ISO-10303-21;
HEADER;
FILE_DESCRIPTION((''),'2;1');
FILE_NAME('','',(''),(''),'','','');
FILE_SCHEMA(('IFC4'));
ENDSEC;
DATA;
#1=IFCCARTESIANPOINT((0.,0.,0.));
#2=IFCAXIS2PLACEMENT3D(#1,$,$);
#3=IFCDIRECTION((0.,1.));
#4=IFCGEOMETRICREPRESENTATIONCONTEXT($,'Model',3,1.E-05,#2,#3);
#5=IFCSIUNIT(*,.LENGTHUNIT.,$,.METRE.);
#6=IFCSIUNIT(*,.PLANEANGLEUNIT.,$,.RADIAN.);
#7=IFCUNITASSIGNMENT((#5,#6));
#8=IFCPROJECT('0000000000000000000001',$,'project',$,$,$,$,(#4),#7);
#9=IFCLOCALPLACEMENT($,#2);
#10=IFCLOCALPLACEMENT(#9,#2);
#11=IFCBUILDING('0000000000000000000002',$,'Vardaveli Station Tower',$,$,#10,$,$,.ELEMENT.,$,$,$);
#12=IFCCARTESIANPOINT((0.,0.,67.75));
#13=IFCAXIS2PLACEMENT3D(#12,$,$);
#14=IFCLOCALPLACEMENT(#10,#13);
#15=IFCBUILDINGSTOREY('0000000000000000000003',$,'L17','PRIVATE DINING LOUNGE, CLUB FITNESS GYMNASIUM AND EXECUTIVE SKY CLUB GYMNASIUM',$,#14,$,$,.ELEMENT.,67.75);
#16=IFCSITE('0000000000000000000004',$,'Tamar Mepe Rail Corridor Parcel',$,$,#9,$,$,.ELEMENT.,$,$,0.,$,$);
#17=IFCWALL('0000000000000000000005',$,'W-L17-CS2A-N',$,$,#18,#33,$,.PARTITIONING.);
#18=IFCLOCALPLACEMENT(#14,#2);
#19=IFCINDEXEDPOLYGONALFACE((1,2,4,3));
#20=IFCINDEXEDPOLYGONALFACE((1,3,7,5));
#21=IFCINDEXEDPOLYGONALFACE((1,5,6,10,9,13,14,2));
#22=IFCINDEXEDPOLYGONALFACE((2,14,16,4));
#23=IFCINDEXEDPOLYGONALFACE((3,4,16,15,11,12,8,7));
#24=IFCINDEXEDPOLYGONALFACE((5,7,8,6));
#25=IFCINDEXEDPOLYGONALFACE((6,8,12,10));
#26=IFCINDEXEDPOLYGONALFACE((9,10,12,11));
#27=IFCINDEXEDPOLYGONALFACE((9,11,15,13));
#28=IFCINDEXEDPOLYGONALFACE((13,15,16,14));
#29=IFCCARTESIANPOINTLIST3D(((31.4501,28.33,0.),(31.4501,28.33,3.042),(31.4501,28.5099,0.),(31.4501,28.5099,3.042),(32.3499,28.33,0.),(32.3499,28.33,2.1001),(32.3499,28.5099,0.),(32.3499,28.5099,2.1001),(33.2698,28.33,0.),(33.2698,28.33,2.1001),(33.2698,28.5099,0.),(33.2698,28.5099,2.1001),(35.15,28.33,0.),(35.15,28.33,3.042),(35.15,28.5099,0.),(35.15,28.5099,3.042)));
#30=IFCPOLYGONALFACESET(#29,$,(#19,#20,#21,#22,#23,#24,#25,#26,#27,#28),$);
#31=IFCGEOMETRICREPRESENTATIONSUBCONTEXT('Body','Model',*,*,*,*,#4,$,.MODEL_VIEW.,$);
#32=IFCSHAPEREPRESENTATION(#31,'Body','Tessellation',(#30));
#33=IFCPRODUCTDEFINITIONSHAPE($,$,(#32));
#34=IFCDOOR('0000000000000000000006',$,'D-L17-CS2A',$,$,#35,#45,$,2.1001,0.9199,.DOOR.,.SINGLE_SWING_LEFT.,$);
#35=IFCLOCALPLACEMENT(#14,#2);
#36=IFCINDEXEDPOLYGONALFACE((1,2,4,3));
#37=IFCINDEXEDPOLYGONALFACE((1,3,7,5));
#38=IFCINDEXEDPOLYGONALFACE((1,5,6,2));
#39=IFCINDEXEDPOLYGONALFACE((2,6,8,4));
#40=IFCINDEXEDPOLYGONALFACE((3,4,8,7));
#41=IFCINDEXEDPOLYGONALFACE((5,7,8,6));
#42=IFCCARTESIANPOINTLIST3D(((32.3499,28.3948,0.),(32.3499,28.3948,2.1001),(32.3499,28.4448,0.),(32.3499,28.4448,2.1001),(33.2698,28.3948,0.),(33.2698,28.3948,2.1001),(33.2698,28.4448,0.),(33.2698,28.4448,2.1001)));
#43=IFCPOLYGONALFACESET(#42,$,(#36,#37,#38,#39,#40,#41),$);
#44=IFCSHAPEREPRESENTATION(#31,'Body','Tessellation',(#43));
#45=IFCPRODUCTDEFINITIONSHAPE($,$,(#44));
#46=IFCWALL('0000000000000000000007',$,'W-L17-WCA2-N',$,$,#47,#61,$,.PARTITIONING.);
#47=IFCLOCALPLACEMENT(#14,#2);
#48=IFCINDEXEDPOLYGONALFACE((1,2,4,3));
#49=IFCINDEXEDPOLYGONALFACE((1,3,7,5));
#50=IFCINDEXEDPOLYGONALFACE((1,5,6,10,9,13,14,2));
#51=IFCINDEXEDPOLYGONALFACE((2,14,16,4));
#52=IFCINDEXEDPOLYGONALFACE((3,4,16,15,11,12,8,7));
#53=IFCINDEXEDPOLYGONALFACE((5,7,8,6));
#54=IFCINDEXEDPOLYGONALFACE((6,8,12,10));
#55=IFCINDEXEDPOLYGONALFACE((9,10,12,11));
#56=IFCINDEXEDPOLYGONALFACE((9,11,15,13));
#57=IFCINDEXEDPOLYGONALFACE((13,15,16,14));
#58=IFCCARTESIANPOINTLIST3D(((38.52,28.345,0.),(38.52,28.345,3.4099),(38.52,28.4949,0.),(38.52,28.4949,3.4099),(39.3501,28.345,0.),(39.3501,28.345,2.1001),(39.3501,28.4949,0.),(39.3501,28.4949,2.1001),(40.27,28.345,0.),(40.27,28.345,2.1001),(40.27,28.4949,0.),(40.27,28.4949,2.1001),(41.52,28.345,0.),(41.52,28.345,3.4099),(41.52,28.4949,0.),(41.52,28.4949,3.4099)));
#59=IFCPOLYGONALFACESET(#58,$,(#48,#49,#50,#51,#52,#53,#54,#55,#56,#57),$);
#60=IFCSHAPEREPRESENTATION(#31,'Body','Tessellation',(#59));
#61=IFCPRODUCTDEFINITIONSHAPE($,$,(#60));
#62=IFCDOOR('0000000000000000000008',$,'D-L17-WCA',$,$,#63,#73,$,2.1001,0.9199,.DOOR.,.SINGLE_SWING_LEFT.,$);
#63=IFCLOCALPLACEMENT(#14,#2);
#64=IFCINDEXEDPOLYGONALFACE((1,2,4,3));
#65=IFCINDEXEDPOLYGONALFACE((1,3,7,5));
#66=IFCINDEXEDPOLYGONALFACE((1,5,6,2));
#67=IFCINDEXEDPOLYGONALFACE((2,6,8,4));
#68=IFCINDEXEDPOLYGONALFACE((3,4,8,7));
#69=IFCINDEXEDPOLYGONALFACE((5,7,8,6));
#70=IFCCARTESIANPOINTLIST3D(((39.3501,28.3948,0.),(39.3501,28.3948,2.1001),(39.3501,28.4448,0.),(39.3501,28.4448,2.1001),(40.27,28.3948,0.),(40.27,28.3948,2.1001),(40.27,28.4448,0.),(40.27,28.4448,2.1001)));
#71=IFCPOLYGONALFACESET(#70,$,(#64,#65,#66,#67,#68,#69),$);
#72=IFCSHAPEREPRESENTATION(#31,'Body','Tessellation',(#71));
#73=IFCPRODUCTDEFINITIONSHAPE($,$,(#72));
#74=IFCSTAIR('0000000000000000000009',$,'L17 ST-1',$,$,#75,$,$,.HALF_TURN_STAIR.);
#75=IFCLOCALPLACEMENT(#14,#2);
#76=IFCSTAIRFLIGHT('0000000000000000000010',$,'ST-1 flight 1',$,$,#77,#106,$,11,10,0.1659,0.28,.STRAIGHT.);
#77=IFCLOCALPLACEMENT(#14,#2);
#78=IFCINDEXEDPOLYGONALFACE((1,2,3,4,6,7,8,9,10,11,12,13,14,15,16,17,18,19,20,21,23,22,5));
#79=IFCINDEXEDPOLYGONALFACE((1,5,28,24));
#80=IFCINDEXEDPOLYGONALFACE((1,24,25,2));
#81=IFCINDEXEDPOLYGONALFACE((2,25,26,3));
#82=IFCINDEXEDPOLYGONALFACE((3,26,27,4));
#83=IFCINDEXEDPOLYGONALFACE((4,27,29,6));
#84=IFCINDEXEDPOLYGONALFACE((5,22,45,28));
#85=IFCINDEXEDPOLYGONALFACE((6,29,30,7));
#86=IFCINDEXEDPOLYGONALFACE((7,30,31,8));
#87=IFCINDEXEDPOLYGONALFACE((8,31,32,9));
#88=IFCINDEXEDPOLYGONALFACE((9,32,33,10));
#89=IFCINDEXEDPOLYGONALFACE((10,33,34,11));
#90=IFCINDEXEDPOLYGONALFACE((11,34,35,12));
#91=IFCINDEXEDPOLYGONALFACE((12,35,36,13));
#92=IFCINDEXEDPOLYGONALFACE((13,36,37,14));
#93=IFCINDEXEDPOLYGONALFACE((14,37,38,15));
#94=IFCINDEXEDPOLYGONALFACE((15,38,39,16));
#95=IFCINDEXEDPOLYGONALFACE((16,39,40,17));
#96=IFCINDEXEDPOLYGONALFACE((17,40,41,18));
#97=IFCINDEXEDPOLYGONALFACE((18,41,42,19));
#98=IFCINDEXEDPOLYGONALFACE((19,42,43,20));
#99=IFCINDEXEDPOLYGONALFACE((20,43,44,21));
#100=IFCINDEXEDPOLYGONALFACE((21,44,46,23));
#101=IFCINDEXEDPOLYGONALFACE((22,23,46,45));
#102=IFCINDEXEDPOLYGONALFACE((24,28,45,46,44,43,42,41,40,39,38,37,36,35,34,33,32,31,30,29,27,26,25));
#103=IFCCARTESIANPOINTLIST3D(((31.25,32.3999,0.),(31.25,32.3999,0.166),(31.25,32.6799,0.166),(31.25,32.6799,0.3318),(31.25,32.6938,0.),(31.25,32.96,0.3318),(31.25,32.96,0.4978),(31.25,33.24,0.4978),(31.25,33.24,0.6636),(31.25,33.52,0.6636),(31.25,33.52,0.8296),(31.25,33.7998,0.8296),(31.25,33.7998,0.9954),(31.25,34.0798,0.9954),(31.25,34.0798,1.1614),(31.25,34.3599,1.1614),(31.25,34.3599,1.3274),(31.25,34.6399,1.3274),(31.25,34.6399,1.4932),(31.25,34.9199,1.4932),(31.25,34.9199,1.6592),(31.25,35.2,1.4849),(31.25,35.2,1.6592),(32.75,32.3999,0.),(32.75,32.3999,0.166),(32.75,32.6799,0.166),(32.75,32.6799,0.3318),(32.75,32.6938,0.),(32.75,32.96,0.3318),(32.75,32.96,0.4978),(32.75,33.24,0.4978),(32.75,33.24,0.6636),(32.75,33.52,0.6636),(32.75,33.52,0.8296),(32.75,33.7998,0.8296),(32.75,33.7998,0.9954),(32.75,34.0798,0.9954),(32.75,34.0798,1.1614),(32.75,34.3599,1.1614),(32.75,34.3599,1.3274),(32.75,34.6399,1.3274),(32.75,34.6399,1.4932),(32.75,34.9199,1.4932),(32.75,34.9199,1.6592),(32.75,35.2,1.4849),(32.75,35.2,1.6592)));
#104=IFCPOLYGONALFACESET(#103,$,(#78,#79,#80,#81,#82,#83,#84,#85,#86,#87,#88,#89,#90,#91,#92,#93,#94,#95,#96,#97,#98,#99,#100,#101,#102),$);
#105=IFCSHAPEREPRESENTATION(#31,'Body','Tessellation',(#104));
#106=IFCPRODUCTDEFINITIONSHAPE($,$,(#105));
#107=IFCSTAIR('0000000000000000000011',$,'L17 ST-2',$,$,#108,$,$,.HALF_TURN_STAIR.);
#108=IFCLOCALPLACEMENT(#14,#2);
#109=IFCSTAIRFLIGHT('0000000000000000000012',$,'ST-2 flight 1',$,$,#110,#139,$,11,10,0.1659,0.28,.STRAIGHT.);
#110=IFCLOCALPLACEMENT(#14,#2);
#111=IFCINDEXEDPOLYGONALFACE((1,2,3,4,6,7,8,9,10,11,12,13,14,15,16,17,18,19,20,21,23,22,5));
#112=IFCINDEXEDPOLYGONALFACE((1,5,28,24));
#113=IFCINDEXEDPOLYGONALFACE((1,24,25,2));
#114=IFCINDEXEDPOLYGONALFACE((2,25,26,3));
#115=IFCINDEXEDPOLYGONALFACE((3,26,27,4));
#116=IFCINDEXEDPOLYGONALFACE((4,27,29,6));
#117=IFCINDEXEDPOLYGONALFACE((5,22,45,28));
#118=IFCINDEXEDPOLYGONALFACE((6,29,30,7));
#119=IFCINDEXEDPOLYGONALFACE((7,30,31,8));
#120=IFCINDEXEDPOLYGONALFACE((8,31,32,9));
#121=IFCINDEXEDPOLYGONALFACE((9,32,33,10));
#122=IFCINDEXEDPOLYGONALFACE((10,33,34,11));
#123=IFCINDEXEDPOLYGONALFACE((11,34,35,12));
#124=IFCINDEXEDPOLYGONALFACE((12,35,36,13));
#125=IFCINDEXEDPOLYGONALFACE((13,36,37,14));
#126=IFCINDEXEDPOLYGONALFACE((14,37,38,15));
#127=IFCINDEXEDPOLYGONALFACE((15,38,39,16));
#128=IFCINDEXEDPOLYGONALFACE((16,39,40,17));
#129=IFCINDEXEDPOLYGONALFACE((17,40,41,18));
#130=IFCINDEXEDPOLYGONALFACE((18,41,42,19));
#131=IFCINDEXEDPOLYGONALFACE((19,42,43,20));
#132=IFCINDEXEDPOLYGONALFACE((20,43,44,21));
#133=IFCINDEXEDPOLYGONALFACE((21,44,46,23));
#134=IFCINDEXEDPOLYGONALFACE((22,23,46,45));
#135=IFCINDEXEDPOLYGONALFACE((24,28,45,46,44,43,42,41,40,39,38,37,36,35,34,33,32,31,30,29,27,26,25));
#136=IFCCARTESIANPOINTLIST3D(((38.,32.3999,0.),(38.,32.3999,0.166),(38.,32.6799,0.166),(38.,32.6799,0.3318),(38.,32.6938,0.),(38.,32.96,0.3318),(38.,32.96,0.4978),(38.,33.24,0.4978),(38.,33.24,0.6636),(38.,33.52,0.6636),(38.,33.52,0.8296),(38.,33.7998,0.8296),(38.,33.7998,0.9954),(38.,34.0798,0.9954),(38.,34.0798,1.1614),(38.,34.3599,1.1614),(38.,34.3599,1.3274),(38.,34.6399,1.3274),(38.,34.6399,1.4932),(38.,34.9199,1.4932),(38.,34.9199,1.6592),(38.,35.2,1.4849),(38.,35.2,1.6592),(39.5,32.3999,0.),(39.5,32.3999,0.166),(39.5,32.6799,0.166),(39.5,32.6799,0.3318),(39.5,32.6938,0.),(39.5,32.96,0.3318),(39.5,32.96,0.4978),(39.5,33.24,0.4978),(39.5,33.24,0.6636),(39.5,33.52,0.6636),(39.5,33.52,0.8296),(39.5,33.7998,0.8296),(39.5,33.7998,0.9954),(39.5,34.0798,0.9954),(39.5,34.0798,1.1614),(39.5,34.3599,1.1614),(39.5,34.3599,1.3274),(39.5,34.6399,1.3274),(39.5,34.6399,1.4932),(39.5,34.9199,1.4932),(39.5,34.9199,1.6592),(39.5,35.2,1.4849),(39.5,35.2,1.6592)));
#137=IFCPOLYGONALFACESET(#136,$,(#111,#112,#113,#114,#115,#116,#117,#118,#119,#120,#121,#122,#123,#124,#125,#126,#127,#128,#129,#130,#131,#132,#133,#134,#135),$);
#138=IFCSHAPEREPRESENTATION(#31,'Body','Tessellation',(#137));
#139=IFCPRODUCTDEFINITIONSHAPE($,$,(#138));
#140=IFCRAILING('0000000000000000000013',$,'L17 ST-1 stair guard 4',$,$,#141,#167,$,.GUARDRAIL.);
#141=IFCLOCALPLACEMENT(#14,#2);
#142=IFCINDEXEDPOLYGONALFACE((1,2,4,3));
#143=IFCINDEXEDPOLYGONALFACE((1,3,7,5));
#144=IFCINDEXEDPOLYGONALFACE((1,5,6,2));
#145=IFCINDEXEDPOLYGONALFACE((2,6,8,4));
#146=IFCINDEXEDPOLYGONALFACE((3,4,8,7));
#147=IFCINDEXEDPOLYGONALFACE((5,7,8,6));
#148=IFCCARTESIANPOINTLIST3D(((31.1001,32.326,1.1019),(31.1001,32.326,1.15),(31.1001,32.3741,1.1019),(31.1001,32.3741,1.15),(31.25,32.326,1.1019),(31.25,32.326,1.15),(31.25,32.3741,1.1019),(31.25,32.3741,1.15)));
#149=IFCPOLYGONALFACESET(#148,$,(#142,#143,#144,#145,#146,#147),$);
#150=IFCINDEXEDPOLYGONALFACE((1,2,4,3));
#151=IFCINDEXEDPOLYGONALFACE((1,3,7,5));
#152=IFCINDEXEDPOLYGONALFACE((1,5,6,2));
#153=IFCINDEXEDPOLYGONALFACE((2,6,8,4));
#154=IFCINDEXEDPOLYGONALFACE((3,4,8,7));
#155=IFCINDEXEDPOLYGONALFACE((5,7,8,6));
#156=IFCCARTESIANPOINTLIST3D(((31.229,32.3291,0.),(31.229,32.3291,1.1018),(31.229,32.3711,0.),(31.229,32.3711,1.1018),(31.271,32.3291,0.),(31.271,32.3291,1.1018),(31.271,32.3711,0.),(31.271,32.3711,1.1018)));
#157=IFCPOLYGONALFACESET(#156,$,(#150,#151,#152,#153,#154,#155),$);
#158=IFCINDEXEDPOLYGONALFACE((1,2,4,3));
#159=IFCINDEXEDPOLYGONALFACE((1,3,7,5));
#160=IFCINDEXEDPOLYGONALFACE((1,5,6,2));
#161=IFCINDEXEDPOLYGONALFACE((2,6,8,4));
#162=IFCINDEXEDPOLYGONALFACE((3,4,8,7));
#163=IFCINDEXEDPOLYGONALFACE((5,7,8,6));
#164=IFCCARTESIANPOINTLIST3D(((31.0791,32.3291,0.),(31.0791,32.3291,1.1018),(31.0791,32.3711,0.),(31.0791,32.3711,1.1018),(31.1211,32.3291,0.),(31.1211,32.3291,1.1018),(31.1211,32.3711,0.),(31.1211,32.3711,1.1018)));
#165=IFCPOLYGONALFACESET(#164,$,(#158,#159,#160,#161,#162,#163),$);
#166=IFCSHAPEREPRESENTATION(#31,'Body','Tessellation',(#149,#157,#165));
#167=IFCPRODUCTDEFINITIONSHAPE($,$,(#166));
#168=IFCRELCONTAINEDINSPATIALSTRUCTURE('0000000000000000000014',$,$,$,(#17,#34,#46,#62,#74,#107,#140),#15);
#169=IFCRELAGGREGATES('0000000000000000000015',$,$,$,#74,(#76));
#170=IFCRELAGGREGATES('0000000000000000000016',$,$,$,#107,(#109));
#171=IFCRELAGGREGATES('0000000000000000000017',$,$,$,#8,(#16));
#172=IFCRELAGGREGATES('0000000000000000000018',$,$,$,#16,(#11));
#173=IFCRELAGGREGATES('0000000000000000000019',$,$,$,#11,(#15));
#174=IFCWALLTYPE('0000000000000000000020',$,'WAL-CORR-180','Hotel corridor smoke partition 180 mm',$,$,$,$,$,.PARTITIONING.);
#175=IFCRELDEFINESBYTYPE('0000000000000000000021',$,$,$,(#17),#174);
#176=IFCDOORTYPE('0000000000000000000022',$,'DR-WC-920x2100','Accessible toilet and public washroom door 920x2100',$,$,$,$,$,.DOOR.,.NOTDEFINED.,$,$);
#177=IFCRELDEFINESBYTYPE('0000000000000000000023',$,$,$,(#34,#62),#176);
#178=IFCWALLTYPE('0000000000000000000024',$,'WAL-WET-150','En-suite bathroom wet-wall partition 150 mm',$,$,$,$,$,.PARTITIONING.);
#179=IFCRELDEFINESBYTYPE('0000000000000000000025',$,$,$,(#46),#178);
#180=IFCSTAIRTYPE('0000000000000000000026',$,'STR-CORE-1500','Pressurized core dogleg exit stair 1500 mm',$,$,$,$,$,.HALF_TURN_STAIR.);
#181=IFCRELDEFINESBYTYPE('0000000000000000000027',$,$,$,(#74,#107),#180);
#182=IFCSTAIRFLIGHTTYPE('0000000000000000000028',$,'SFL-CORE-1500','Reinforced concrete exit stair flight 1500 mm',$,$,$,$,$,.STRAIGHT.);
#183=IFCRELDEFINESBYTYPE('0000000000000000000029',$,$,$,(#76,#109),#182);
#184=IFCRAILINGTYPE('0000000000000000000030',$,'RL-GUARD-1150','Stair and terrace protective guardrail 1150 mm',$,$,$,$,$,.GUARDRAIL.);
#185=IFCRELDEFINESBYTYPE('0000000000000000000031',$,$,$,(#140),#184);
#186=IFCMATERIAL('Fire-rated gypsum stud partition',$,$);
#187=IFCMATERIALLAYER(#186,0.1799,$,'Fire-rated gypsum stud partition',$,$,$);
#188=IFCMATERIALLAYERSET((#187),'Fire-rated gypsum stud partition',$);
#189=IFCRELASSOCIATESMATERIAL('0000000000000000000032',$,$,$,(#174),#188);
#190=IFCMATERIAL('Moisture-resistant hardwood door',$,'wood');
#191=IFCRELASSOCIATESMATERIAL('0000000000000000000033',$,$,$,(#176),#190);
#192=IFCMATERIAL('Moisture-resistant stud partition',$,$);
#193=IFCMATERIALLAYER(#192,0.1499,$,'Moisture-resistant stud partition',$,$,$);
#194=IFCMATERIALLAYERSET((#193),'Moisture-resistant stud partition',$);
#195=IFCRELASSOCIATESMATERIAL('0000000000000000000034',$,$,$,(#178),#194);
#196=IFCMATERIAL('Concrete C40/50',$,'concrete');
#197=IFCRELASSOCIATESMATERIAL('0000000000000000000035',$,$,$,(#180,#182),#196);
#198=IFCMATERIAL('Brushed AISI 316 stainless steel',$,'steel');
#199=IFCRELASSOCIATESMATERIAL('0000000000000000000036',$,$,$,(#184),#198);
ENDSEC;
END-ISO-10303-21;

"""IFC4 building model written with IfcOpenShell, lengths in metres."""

from ifc_helpers import new_model, si_unit, direction, frame, frame_2d, origin, origin_2d, place, context, subcontext, project, spatial, polyline, rectangle, outline, extrude, source, transform, mapped, material, layer, layer_set, type_object, element, fill, aggregate, save


model = new_model("IFC4")

# Units and contexts
model_context = context("Model", 3, precision=1e-05, world=origin(), true_north=direction((0.0, 1.0)))
body_context = subcontext(model_context, "Body", "Model", "MODEL_VIEW")
ifc_project = project(units=[si_unit("LENGTHUNIT", "METRE"), si_unit("PLANEANGLEUNIT", "RADIAN")], contexts=[model_context])

# Site, building, storey
site_placement = place(None, origin())
site = spatial("IfcSite", under=ifc_project, at=site_placement, Name="Tamar Mepe Rail Corridor Parcel", CompositionType="ELEMENT", RefElevation=0.0)
building_placement = place(site_placement, origin())
building = spatial("IfcBuilding", under=site, at=building_placement, Name="Vardaveli Station Tower", CompositionType="ELEMENT")
storey_placement = place(building_placement, frame((0.0, 0.0, 67.75)))
storey = spatial("IfcBuildingStorey", under=building, at=storey_placement, Name="L17", Description="PRIVATE DINING LOUNGE, CLUB FITNESS GYMNASIUM AND EXECUTIVE SKY CLUB GYMNASIUM", CompositionType="ELEMENT", Elevation=67.75)

# Shared definitions
ifc_material_1 = material(Name="Concrete C40/50", Category="concrete")

# Walls, openings, doors
ifc_material_2 = material(Name="Fire-rated gypsum stud partition")
ifc_layer_1 = layer(ifc_material_2, 0.1799, Name="Fire-rated gypsum stud partition")
ifc_layer_set_1 = layer_set([ifc_layer_1], Name="Fire-rated gypsum stud partition")
wall_type_1 = type_object("IfcWallType", Name="WAL-CORR-180", Description="Hotel corridor smoke partition 180 mm", PredefinedType="PARTITIONING", material=ifc_layer_set_1)
shared_shape_1 = source(origin(), body_context, "Body", "SweptSolid", [
    extrude(rectangle(XDim=3.7, YDim=0.1799, at=frame_2d((1.8501, 0.0))), origin(), (0.0, 0.0, 1.0), 3.042),
])
wall_1_placement = place(storey_placement, frame((31.45, 28.4199, 0.0), z_axis=(0.0, 0.0, 1.0), x_axis=(1.0, 0.0, 0.0)))
wall_1 = element("IfcWall", 1, at=wall_1_placement, inside=storey, type_object=wall_type_1, Name="W-L17-CS2A-N", PredefinedType="PARTITIONING", context=body_context, shape_type="MappedRepresentation", body=[
    mapped(shared_shape_1, transform((0.0, 0.0, 0.0), scale=1.0)),
])
shared_shape_2 = source(origin(), body_context, "Body", "SweptSolid", [
    extrude(rectangle(XDim=0.9199, YDim=2.1001, at=frame_2d((0.46, 1.05))), frame((0.0, 0.1001, 0.0), z_axis=(0.0, -1.0, 0.0), x_axis=(1.0, 0.0, 0.0)), (0.0, 0.0, 1.0), 0.2),
])
opening_1_placement = place(wall_1_placement, frame((0.8999, 0.0, 0.0)))
opening_1 = element("IfcOpeningElement", 2, at=opening_1_placement, cuts=wall_1, PredefinedType="OPENING", context=body_context, shape_type="MappedRepresentation", body=[
    mapped(shared_shape_2, transform((0.0, 0.0, 0.0), scale=1.0)),
])
ifc_material_3 = material(Name="Moisture-resistant hardwood door", Category="wood")
door_type_1 = type_object("IfcDoorType", Name="DR-WC-920x2100", Description="Accessible toilet and public washroom door 920x2100", OperationType="NOTDEFINED", PredefinedType="DOOR", material=ifc_material_3)
shared_shape_3 = source(origin(), body_context, "Body", "SweptSolid", [
    extrude(rectangle(XDim=0.9199, YDim=2.1001, at=frame_2d((0.46, 1.05))), frame((0.0, 0.0249, 0.0), z_axis=(0.0, -1.0, 0.0), x_axis=(1.0, 0.0, 0.0)), (0.0, 0.0, 1.0), 0.05),
])
door_1_placement = place(opening_1_placement, origin())
door_1 = element("IfcDoor", 3, at=door_1_placement, inside=storey, type_object=door_type_1, Name="D-L17-CS2A", OperationType="SINGLE_SWING_LEFT", OverallHeight=2.1001, OverallWidth=0.9199, PredefinedType="DOOR", context=body_context, shape_type="MappedRepresentation", body=[
    mapped(shared_shape_3, transform((0.0, 0.0, 0.0), scale=1.0)),
])
fill(opening_1, door_1)
ifc_material_4 = material(Name="Moisture-resistant stud partition")
ifc_layer_2 = layer(ifc_material_4, 0.1499, Name="Moisture-resistant stud partition")
ifc_layer_set_2 = layer_set([ifc_layer_2], Name="Moisture-resistant stud partition")
wall_type_2 = type_object("IfcWallType", Name="WAL-WET-150", Description="En-suite bathroom wet-wall partition 150 mm", PredefinedType="PARTITIONING", material=ifc_layer_set_2)
shared_shape_4 = source(origin(), body_context, "Body", "SweptSolid", [
    extrude(rectangle(XDim=3.0, YDim=0.1499, at=frame_2d((1.5, 0.0))), origin(), (0.0, 0.0, 1.0), 3.4099),
])
wall_2_placement = place(storey_placement, frame((38.52, 28.4199, 0.0), z_axis=(0.0, 0.0, 1.0), x_axis=(1.0, 0.0, 0.0)))
wall_2 = element("IfcWall", 4, at=wall_2_placement, inside=storey, type_object=wall_type_2, Name="W-L17-WCA2-N", PredefinedType="PARTITIONING", context=body_context, shape_type="MappedRepresentation", body=[
    mapped(shared_shape_4, transform((0.0, 0.0, 0.0), scale=1.0)),
])
shared_shape_5 = source(origin(), body_context, "Body", "SweptSolid", [
    extrude(rectangle(XDim=0.9199, YDim=2.1001, at=frame_2d((0.46, 1.05))), frame((0.0, 0.085, 0.0), z_axis=(0.0, -1.0, 0.0), x_axis=(1.0, 0.0, 0.0)), (0.0, 0.0, 1.0), 0.1699),
])
opening_2_placement = place(wall_2_placement, frame((0.8301, 0.0, 0.0)))
opening_2 = element("IfcOpeningElement", 5, at=opening_2_placement, cuts=wall_2, PredefinedType="OPENING", context=body_context, shape_type="MappedRepresentation", body=[
    mapped(shared_shape_5, transform((0.0, 0.0, 0.0), scale=1.0)),
])
door_2_placement = place(opening_2_placement, origin())
door_2 = element("IfcDoor", 6, at=door_2_placement, inside=storey, type_object=door_type_1, Name="D-L17-WCA", OperationType="SINGLE_SWING_LEFT", OverallHeight=2.1001, OverallWidth=0.9199, PredefinedType="DOOR", context=body_context, shape_type="MappedRepresentation", body=[
    mapped(shared_shape_3, transform((0.0, 0.0, 0.0), scale=1.0)),
])
fill(opening_2, door_2)

# Stairs, stair flights
stair_type = type_object("IfcStairType", Name="STR-CORE-1500", Description="Pressurized core dogleg exit stair 1500 mm", PredefinedType="HALF_TURN_STAIR", material=ifc_material_1)
stair_1_placement = place(storey_placement, origin())
stair_1 = element("IfcStair", 7, at=stair_1_placement, inside=storey, type_object=stair_type, Name="L17 ST-1", PredefinedType="HALF_TURN_STAIR")
stair_flight_type = type_object("IfcStairFlightType", Name="SFL-CORE-1500", Description="Reinforced concrete exit stair flight 1500 mm", PredefinedType="STRAIGHT", material=ifc_material_1)
shared_shape_6 = source(origin(), body_context, "Body", "SweptSolid", [
    extrude(outline(polyline([(0.0, 0.0), (0.0, 0.166), (0.28, 0.166), (0.28, 0.3318), (0.5601, 0.3318), (0.5601, 0.4978), (0.8401, 0.4978), (0.8401, 0.6636), (1.1201, 0.6636), (1.1201, 0.8296), (1.3999, 0.8296), (1.3999, 0.9954), (1.6799, 0.9954), (1.6799, 1.1614), (1.96, 1.1614), (1.96, 1.3274), (2.24, 1.3274), (2.24, 1.4932), (2.52, 1.4932), (2.52, 1.6592), (2.8, 1.6592), (2.8, 1.825), (2.8, 1.4849), (0.2939, 0.0), (0.0, 0.0)])), frame((0.0, 0.75, 0.0), z_axis=(0.0, -1.0, 0.0), x_axis=(1.0, 0.0, 0.0)), (0.0, 0.0, 1.0), 1.5),
])
stair_flight_1_placement = place(storey_placement, frame((32.0, 32.3999, 0.0), z_axis=(0.0, 0.0, 1.0), x_axis=(0.0, 1.0, 0.0)))
stair_flight_1 = element("IfcStairFlight", 8, at=stair_flight_1_placement, type_object=stair_flight_type, Name="ST-1 flight 1", NumberOfRisers=11, NumberOfTreads=10, PredefinedType="STRAIGHT", RiserHeight=0.1659, TreadLength=0.28, context=body_context, shape_type="MappedRepresentation", body=[
    mapped(shared_shape_6, transform((0.0, 0.0, 0.0), scale=1.0)),
])
aggregate(stair_1, [stair_flight_1])
stair_2_placement = place(storey_placement, origin())
stair_2 = element("IfcStair", 9, at=stair_2_placement, inside=storey, type_object=stair_type, Name="L17 ST-2", PredefinedType="HALF_TURN_STAIR")
stair_flight_2_placement = place(storey_placement, frame((38.75, 32.3999, 0.0), z_axis=(0.0, 0.0, 1.0), x_axis=(0.0, 1.0, 0.0)))
stair_flight_2 = element("IfcStairFlight", 10, at=stair_flight_2_placement, type_object=stair_flight_type, Name="ST-2 flight 1", NumberOfRisers=11, NumberOfTreads=10, PredefinedType="STRAIGHT", RiserHeight=0.1659, TreadLength=0.28, context=body_context, shape_type="MappedRepresentation", body=[
    mapped(shared_shape_6, transform((0.0, 0.0, 0.0), scale=1.0)),
])
aggregate(stair_2, [stair_flight_2])

# Railing
ifc_material_5 = material(Name="Brushed AISI 316 stainless steel", Category="steel")
railing_type_1 = type_object("IfcRailingType", Name="RL-GUARD-1150", Description="Stair and terrace protective guardrail 1150 mm", PredefinedType="GUARDRAIL", material=ifc_material_5)
shared_shape_7 = source(origin(), body_context, "Body", "SweptSolid", [
    extrude(rectangle(XDim=0.0481, YDim=0.0481, at=origin_2d()), frame((0.0, 0.0, 1.126), z_axis=(-1.0, 0.0, 0.0), x_axis=(0.0, -1.0, 0.0)), (0.0, 0.0, 1.0), 0.1499),
    extrude(rectangle(XDim=0.042, YDim=0.042, at=origin_2d()), origin(), (0.0, 0.0, 1.0), 1.1018),
    extrude(rectangle(XDim=0.042, YDim=0.042, at=origin_2d()), frame((-0.1499, 0.0, 0.0)), (0.0, 0.0, 1.0), 1.1018),
])
for number, where, name in (
    (11, (31.25, 32.3501, 0.0), "L17 ST-1 stair guard 4"),
):
    element("IfcRailing", number, at=place(storey_placement, frame(where)), inside=storey, type_object=railing_type_1, Name=name, PredefinedType="GUARDRAIL", context=body_context, shape_type="MappedRepresentation", body=[
        mapped(shared_shape_7, transform((0.0, 0.0, 0.0), scale=1.0)),
    ])

save(model, "model.ifc")
